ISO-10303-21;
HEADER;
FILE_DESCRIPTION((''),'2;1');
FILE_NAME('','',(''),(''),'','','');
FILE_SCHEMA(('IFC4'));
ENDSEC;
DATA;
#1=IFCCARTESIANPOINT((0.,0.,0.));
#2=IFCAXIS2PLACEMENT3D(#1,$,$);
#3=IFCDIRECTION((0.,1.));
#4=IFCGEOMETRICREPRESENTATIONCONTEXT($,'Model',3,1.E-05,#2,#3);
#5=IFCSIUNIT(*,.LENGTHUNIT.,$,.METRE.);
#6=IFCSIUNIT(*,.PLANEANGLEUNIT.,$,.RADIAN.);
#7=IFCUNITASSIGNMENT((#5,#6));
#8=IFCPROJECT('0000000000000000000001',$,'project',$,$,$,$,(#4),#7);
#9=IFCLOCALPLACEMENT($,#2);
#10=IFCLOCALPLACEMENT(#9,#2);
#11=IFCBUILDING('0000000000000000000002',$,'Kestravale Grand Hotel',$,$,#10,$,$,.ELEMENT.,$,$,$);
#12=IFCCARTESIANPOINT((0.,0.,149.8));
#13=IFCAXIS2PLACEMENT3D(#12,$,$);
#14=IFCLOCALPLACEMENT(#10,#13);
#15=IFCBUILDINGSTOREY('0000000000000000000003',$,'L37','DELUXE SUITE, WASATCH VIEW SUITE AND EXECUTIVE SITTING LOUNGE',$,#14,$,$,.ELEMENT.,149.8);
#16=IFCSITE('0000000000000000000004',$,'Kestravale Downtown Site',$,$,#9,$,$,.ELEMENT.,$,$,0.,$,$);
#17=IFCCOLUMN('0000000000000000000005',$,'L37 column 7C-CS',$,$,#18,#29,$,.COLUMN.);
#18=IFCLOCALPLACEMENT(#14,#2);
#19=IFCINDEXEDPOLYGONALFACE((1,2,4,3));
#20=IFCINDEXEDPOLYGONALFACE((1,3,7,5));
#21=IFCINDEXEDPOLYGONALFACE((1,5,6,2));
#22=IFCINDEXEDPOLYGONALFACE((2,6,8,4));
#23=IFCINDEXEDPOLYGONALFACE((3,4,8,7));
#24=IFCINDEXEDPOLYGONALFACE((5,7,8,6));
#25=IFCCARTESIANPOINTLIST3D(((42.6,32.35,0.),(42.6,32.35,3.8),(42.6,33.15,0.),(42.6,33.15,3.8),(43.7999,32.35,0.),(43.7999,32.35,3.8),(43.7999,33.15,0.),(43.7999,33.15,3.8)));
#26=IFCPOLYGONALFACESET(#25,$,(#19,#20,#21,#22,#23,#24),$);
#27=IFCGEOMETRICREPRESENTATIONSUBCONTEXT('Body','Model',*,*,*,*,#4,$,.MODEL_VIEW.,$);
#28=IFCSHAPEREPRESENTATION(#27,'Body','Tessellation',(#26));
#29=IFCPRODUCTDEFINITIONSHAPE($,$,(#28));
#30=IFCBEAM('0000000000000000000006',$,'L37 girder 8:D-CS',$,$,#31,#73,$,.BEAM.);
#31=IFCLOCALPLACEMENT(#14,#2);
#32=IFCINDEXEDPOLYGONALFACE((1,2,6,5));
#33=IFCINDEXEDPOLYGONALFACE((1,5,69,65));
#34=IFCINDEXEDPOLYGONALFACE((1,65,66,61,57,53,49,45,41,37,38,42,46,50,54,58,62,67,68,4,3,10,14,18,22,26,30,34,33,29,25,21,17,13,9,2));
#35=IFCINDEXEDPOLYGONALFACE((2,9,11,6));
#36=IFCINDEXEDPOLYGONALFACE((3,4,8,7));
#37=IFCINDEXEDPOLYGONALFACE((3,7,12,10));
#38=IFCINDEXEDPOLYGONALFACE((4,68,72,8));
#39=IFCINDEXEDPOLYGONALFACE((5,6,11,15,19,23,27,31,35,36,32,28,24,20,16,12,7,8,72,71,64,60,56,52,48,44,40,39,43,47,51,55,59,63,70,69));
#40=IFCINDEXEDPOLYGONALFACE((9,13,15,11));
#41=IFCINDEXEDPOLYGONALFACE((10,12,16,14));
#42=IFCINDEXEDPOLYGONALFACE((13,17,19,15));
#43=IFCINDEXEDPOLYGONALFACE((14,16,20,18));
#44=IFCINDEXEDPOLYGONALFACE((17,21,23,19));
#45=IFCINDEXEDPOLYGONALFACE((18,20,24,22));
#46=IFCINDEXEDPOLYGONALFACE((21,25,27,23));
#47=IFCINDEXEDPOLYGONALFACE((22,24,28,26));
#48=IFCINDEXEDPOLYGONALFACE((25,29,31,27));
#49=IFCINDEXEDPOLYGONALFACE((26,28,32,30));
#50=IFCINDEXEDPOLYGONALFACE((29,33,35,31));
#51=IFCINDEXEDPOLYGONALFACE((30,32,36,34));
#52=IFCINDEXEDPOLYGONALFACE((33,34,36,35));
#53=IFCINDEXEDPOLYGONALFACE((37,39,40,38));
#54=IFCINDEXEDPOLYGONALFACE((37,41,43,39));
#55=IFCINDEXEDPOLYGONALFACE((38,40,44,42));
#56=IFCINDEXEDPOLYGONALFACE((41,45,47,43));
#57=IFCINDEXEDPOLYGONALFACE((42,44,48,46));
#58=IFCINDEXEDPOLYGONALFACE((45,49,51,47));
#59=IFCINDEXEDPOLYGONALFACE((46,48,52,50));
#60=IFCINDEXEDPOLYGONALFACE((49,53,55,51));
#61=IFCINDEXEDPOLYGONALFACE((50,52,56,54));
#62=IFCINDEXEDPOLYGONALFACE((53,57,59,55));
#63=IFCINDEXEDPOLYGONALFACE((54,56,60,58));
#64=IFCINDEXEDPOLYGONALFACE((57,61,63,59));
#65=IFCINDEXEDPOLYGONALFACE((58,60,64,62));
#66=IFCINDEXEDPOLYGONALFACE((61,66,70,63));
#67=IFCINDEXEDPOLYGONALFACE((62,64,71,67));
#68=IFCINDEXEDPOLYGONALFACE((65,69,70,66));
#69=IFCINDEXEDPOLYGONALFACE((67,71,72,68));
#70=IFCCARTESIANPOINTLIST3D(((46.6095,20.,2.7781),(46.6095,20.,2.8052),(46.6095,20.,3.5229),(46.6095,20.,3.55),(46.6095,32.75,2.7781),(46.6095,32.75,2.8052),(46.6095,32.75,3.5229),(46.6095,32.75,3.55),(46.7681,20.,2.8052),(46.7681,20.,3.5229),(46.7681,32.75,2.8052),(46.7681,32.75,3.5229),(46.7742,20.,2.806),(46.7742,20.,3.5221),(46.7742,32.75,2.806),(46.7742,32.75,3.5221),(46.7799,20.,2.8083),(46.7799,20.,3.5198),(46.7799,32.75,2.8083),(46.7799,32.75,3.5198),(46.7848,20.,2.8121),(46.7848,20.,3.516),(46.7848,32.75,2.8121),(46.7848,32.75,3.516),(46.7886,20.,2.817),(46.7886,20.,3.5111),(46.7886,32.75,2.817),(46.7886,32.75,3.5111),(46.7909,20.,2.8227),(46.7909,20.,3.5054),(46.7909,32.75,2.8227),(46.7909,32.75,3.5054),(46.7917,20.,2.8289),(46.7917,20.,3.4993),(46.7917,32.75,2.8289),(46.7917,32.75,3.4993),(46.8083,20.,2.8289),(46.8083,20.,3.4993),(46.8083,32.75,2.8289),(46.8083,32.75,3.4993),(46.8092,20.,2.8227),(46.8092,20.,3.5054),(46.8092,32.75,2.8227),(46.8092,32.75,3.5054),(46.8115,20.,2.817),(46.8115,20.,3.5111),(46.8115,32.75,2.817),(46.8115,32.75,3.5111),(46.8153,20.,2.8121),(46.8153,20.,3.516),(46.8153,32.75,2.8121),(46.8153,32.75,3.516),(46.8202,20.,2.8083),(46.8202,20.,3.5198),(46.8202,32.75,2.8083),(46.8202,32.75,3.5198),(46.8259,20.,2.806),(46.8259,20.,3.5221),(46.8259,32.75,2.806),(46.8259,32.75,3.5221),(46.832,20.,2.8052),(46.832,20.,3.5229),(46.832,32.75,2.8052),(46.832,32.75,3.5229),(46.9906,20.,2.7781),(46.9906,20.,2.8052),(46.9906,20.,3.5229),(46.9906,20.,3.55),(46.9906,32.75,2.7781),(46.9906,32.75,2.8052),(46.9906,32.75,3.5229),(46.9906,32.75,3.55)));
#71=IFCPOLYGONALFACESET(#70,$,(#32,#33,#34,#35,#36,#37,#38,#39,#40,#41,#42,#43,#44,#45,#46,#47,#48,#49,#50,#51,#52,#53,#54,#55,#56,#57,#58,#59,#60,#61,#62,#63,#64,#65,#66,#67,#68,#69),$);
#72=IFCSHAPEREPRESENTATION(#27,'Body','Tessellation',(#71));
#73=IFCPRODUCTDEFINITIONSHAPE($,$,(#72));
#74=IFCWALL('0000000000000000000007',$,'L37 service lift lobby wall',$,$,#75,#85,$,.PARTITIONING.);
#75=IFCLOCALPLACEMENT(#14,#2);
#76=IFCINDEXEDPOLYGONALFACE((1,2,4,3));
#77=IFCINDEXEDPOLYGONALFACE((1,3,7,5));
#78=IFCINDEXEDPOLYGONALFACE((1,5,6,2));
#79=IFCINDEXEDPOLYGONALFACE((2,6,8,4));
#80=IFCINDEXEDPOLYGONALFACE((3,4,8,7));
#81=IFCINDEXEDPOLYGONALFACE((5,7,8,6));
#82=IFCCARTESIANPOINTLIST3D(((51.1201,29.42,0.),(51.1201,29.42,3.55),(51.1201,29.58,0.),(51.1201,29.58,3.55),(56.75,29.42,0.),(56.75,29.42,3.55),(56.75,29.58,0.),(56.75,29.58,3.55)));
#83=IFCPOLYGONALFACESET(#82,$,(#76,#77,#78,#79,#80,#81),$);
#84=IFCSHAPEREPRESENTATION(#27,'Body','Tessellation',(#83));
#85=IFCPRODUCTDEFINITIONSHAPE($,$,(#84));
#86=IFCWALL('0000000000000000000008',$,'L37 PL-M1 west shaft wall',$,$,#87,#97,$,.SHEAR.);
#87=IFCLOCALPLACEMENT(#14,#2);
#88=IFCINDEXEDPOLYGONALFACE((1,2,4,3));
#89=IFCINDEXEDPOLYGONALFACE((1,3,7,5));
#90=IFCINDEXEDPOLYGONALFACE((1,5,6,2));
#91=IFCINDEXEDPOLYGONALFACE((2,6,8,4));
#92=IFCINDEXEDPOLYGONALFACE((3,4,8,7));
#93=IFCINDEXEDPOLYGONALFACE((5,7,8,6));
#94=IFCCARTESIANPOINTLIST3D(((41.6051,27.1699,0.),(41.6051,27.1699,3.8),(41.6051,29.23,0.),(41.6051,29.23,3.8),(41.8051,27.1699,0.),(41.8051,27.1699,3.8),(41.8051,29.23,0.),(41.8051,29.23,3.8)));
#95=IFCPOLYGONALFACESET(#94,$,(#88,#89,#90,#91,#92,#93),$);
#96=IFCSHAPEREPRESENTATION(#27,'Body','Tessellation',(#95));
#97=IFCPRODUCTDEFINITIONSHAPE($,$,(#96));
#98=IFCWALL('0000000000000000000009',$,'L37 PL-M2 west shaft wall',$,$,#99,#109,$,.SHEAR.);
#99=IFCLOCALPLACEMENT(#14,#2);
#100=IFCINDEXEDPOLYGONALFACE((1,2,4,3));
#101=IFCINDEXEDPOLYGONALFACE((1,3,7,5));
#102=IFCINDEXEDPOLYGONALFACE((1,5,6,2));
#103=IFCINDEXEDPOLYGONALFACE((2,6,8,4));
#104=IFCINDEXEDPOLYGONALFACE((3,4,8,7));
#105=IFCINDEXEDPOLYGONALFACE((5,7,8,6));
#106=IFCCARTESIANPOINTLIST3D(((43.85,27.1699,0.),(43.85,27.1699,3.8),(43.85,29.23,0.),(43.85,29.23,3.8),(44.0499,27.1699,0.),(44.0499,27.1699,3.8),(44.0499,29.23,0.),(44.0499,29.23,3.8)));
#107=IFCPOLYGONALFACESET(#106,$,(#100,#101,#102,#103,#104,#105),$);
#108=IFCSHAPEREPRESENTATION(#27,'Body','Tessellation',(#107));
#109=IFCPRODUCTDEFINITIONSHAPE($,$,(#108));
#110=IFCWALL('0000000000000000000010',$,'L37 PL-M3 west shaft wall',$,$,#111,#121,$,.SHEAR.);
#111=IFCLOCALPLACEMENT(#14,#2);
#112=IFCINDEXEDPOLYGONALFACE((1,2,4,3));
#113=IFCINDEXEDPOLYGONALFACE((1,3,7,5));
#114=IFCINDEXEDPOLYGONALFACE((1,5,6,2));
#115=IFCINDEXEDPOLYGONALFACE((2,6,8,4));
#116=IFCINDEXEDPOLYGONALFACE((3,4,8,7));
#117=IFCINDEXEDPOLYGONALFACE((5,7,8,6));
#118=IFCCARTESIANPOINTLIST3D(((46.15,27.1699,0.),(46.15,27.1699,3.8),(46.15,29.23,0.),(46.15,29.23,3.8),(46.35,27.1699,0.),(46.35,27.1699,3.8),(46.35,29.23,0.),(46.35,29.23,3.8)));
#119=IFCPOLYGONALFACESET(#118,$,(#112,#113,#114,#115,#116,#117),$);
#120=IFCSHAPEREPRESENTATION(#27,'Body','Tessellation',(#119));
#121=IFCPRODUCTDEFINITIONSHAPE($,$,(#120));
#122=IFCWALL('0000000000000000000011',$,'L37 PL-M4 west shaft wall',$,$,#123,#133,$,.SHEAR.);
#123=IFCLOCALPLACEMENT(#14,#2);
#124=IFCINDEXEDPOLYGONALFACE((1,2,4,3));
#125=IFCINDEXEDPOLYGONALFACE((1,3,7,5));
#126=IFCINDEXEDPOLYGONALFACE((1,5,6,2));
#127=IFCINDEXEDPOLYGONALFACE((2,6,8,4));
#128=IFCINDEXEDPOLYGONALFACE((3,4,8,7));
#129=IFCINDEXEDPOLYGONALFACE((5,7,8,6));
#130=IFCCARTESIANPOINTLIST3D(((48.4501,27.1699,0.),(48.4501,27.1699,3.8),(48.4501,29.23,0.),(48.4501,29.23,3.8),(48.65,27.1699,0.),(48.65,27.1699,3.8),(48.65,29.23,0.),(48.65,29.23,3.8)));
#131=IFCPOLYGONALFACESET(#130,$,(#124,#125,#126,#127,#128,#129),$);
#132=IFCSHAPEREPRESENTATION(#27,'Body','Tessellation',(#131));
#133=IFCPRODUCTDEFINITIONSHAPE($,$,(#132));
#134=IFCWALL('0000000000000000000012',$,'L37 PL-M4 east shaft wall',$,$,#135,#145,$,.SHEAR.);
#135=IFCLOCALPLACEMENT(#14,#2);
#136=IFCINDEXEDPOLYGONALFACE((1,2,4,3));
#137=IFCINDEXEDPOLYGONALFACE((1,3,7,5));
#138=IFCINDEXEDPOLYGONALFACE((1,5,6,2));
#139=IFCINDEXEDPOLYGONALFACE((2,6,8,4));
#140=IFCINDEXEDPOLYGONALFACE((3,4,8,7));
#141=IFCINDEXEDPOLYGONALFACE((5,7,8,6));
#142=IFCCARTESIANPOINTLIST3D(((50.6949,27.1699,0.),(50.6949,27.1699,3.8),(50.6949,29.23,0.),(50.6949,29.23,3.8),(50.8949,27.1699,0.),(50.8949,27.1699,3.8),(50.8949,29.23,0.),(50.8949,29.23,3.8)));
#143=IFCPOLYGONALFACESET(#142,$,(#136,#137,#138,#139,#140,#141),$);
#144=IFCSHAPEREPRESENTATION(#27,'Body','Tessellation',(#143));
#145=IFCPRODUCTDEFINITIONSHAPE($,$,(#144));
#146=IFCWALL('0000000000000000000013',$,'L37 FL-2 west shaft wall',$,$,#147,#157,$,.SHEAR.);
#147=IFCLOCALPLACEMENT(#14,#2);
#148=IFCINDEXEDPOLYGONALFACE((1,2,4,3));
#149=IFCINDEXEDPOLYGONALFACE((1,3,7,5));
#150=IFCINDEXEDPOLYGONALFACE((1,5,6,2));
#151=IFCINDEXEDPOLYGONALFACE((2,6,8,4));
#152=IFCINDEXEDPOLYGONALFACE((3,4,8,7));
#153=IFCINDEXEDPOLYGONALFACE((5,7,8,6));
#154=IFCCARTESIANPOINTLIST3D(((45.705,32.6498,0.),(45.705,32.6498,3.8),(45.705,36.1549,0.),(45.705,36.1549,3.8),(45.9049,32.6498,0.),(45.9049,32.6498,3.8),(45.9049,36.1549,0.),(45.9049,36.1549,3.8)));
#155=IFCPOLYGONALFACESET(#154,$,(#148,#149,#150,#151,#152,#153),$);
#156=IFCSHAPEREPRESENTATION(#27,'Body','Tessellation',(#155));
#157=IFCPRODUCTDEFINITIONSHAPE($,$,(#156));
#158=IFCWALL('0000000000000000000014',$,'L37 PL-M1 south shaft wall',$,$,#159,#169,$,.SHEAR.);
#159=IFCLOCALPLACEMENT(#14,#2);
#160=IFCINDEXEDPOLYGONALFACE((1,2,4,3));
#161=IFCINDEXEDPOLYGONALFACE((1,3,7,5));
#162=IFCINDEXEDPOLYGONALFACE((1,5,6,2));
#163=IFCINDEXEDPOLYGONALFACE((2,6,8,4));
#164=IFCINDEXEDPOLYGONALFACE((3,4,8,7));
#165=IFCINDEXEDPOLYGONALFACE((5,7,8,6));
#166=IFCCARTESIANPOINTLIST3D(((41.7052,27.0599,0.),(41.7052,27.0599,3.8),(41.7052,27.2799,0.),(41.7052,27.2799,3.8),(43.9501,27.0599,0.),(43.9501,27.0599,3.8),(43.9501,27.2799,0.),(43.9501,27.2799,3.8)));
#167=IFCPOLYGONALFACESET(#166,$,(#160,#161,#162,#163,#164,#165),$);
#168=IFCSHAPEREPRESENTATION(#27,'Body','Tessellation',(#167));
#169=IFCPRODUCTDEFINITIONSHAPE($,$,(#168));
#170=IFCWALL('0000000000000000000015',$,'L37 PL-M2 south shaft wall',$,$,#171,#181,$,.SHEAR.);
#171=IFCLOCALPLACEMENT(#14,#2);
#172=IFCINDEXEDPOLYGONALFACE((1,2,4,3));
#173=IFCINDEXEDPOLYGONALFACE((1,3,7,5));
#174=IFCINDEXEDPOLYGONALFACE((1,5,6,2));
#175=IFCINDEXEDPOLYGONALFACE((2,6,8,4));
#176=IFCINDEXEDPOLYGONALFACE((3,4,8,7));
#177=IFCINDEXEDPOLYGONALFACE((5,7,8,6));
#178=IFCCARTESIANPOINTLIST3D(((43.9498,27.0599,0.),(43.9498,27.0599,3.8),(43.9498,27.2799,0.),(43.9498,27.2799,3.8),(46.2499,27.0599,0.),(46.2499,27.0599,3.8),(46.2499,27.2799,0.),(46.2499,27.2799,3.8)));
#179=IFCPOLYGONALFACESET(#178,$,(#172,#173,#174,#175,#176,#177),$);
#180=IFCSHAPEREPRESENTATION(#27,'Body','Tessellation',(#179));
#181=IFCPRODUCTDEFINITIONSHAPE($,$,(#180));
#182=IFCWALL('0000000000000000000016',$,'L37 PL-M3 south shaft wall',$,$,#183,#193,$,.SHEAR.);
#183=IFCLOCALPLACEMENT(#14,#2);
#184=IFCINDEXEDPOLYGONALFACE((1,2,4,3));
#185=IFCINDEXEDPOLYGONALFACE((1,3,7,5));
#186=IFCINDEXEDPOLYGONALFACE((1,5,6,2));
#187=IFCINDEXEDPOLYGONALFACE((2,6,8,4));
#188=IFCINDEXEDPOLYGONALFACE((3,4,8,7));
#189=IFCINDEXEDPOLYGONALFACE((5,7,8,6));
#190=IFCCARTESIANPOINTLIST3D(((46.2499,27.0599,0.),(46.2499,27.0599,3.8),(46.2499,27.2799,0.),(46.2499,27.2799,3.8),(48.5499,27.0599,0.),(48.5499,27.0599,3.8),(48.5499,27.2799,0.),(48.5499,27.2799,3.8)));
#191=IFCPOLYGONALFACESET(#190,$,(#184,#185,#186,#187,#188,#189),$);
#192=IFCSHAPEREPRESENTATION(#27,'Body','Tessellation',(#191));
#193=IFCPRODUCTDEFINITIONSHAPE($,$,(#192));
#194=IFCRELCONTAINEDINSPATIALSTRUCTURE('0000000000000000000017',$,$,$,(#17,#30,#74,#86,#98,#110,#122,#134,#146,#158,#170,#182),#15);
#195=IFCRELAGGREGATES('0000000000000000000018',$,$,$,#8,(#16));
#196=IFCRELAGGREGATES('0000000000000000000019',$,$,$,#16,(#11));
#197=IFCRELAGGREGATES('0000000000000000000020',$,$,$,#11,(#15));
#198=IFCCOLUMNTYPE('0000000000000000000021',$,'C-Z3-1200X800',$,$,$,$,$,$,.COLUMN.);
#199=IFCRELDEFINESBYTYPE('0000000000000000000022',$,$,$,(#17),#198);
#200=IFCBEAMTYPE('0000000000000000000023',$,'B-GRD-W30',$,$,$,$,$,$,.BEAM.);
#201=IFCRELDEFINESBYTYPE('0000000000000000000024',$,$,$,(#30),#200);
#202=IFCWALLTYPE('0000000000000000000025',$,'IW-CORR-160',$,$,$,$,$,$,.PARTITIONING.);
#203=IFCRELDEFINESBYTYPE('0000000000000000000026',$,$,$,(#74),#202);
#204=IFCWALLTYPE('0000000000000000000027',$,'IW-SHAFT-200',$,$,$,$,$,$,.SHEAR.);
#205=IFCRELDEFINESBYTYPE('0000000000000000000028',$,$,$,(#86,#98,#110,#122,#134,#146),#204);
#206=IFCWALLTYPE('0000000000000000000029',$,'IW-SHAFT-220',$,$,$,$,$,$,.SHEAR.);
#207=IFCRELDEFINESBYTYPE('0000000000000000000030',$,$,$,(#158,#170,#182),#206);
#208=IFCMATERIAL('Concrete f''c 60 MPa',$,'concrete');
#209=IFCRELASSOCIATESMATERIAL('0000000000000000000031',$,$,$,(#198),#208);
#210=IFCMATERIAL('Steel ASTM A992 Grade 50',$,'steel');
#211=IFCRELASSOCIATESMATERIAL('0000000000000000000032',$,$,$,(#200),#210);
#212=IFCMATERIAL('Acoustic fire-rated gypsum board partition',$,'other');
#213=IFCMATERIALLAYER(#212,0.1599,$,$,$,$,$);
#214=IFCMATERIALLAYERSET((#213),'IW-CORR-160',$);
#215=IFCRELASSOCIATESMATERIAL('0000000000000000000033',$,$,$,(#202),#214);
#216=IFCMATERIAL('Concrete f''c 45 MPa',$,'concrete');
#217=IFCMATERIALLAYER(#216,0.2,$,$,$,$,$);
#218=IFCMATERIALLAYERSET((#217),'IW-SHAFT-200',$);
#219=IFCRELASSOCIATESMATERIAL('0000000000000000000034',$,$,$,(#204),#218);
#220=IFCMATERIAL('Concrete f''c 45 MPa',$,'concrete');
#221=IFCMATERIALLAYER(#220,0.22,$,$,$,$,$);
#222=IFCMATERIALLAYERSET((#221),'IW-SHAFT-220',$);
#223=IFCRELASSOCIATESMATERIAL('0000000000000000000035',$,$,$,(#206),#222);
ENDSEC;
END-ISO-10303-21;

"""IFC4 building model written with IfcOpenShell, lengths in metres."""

from ifc_helpers import new_model, si_unit, direction, frame, frame_2d, origin, origin_2d, place, context, subcontext, project, spatial, rectangle, i_section, extrude, material, layer, layer_set, material_profile, profile_set, type_object, element, save


model = new_model("IFC4")

# Units and contexts
model_context = context("Model", 3, precision=1e-05, world=origin(), true_north=direction((0.0, 1.0)))
body_context = subcontext(model_context, "Body", "Model", "MODEL_VIEW")
ifc_project = project(units=[si_unit("LENGTHUNIT", "METRE"), si_unit("PLANEANGLEUNIT", "RADIAN")], contexts=[model_context])

# Site, building, storey
site_placement = place(None, origin())
site = spatial("IfcSite", under=ifc_project, at=site_placement, Name="Kestravale Downtown Site", CompositionType="ELEMENT", RefElevation=0.0)
building_placement = place(site_placement, origin())
building = spatial("IfcBuilding", under=site, at=building_placement, Name="Kestravale Grand Hotel", CompositionType="ELEMENT")
storey_placement = place(building_placement, frame((0.0, 0.0, 149.8)))
storey = spatial("IfcBuildingStorey", under=building, at=storey_placement, Name="L37", Description="DELUXE SUITE, WASATCH VIEW SUITE AND EXECUTIVE SITTING LOUNGE", CompositionType="ELEMENT", Elevation=149.8)

# Column
ifc_material_1 = material(Name="Concrete f'c 60 MPa", Category="concrete")
ifc_material_profile_1 = material_profile(ifc_material_1, rectangle(XDim=1.2, YDim=0.8, at=origin_2d()))
ifc_profile_set_1 = profile_set([ifc_material_profile_1], Name="Concrete f'c 60 MPa")
column_type = type_object("IfcColumnType", Name="C-Z3-1200X800", PredefinedType="COLUMN", material=ifc_profile_set_1)
column_placement = place(storey_placement, frame((43.2, 32.75, 0.0), z_axis=(0.0, 0.0, 1.0), x_axis=(1.0, 0.0, 0.0)))
element("IfcColumn", 1, at=column_placement, inside=storey, type_object=column_type, Name="L37 column 7C-CS", PredefinedType="COLUMN", context=body_context, shape_type="SweptSolid", body=[
    extrude(rectangle(XDim=1.2, YDim=0.8, at=origin_2d()), origin(), (0.0, 0.0, 1.0), 3.8),
])

# Beam
ifc_material_2 = material(Name="Steel ASTM A992 Grade 50", Category="steel")
ifc_material_profile_2 = material_profile(ifc_material_2, i_section(OverallWidth=0.3811, OverallDepth=0.772, WebThickness=0.0166, FlangeThickness=0.0271, FilletRadius=0.0237, at=origin_2d()))
ifc_profile_set_2 = profile_set([ifc_material_profile_2], Name="Steel ASTM A992 Grade 50")
beam_type = type_object("IfcBeamType", Name="B-GRD-W30", PredefinedType="BEAM", material=ifc_profile_set_2)
beam_placement = place(storey_placement, frame((46.8, 20.0, 3.1641), z_axis=(0.0, 1.0, 0.0), x_axis=(-1.0, 0.0, 0.0)))
element("IfcBeam", 2, at=beam_placement, inside=storey, type_object=beam_type, Name="L37 girder 8:D-CS", PredefinedType="BEAM", context=body_context, shape_type="SweptSolid", body=[
    extrude(i_section(OverallWidth=0.3811, OverallDepth=0.772, WebThickness=0.0166, FlangeThickness=0.0271, FilletRadius=0.0237, at=origin_2d()), origin(), (0.0, 0.0, 1.0), 12.75),
])

# Shared definitions
ifc_material_3 = material(Name="Acoustic fire-rated gypsum board partition", Category="other")
ifc_layer_1 = layer(ifc_material_3, 0.1599)
ifc_layer_set_1 = layer_set([ifc_layer_1], Name="IW-CORR-160")
wall_type_1 = type_object("IfcWallType", Name="IW-CORR-160", PredefinedType="PARTITIONING", material=ifc_layer_set_1)

# Walls
wall_1_placement = place(storey_placement, frame((51.1201, 29.5, 0.0), z_axis=(0.0, 0.0, 1.0), x_axis=(1.0, 0.0, 0.0)))
element("IfcWall", 3, at=wall_1_placement, inside=storey, type_object=wall_type_1, Name="L37 service lift lobby wall", PredefinedType="PARTITIONING", context=body_context, shape_type="SweptSolid", body=[
    extrude(rectangle(XDim=5.6299, YDim=0.1599, at=frame_2d((2.8149, 0.0))), origin(), (0.0, 0.0, 1.0), 3.55),
])
ifc_material_4 = material(Name="Concrete f'c 45 MPa", Category="concrete")
ifc_layer_2 = layer(ifc_material_4, 0.2)
ifc_layer_set_2 = layer_set([ifc_layer_2], Name="IW-SHAFT-200")
wall_type_2 = type_object("IfcWallType", Name="IW-SHAFT-200", PredefinedType="SHEAR", material=ifc_layer_set_2)
for number, where, z_axis, x_axis, name in (
    (4, (41.7051, 27.1699, 0.0), (0.0, 0.0, 1.0), (0.0, 1.0, 0.0), "L37 PL-M1 west shaft wall"),
    (5, (43.95, 27.1699, 0.0), (0.0, 0.0, 1.0), (0.0, 1.0, 0.0), "L37 PL-M2 west shaft wall"),
    (6, (46.25, 27.1699, 0.0), (0.0, 0.0, 1.0), (0.0, 1.0, 0.0), "L37 PL-M3 west shaft wall"),
    (7, (48.55, 27.1699, 0.0), (0.0, 0.0, 1.0), (0.0, 1.0, 0.0), "L37 PL-M4 west shaft wall"),
    (8, (50.7949, 27.1699, 0.0), (0.0, 0.0, 1.0), (0.0, 1.0, 0.0), "L37 PL-M4 east shaft wall"),
):
    element("IfcWall", number, at=place(storey_placement, frame(where, z_axis=z_axis, x_axis=x_axis)), inside=storey, type_object=wall_type_2, Name=name, PredefinedType="SHEAR", context=body_context, shape_type="SweptSolid", body=[
        extrude(rectangle(XDim=2.0601, YDim=0.2, at=frame_2d((1.03, 0.0))), origin(), (0.0, 0.0, 1.0), 3.8),
    ])
wall_2_placement = place(storey_placement, frame((45.8049, 32.6499, 0.0), z_axis=(0.0, 0.0, 1.0), x_axis=(0.0, 1.0, 0.0)))
element("IfcWall", 9, at=wall_2_placement, inside=storey, type_object=wall_type_2, Name="L37 FL-2 west shaft wall", PredefinedType="SHEAR", context=body_context, shape_type="SweptSolid", body=[
    extrude(rectangle(XDim=3.5051, YDim=0.2, at=frame_2d((1.7524, 0.0))), origin(), (0.0, 0.0, 1.0), 3.8),
])

# Shared definitions
ifc_material_5 = material(Name="Concrete f'c 45 MPa", Category="concrete")
ifc_layer_3 = layer(ifc_material_5, 0.22)
ifc_layer_set_3 = layer_set([ifc_layer_3], Name="IW-SHAFT-220")
wall_type_3 = type_object("IfcWallType", Name="IW-SHAFT-220", PredefinedType="SHEAR", material=ifc_layer_set_3)

# Wall
wall_3_placement = place(storey_placement, frame((41.7051, 27.1699, 0.0), z_axis=(0.0, 0.0, 1.0), x_axis=(1.0, 0.0, 0.0)))
element("IfcWall", 10, at=wall_3_placement, inside=storey, type_object=wall_type_3, Name="L37 PL-M1 south shaft wall", PredefinedType="SHEAR", context=body_context, shape_type="SweptSolid", body=[
    extrude(rectangle(XDim=2.2449, YDim=0.22, at=frame_2d((1.1226, 0.0))), origin(), (0.0, 0.0, 1.0), 3.8),
])

# Wall
wall_4_placement = place(storey_placement, frame((43.95, 27.1699, 0.0), z_axis=(0.0, 0.0, 1.0), x_axis=(1.0, 0.0, 0.0)))
element("IfcWall", 11, at=wall_4_placement, inside=storey, type_object=wall_type_3, Name="L37 PL-M2 south shaft wall", PredefinedType="SHEAR", context=body_context, shape_type="SweptSolid", body=[
    extrude(rectangle(XDim=2.3, YDim=0.22, at=frame_2d((1.1499, 0.0))), origin(), (0.0, 0.0, 1.0), 3.8),
])

# Wall
wall_5_placement = place(storey_placement, frame((46.25, 27.1699, 0.0), z_axis=(0.0, 0.0, 1.0), x_axis=(1.0, 0.0, 0.0)))
element("IfcWall", 12, at=wall_5_placement, inside=storey, type_object=wall_type_3, Name="L37 PL-M3 south shaft wall", PredefinedType="SHEAR", context=body_context, shape_type="SweptSolid", body=[
    extrude(rectangle(XDim=2.3, YDim=0.22, at=frame_2d((1.1499, 0.0))), origin(), (0.0, 0.0, 1.0), 3.8),
])

save(model, "model.ifc")
